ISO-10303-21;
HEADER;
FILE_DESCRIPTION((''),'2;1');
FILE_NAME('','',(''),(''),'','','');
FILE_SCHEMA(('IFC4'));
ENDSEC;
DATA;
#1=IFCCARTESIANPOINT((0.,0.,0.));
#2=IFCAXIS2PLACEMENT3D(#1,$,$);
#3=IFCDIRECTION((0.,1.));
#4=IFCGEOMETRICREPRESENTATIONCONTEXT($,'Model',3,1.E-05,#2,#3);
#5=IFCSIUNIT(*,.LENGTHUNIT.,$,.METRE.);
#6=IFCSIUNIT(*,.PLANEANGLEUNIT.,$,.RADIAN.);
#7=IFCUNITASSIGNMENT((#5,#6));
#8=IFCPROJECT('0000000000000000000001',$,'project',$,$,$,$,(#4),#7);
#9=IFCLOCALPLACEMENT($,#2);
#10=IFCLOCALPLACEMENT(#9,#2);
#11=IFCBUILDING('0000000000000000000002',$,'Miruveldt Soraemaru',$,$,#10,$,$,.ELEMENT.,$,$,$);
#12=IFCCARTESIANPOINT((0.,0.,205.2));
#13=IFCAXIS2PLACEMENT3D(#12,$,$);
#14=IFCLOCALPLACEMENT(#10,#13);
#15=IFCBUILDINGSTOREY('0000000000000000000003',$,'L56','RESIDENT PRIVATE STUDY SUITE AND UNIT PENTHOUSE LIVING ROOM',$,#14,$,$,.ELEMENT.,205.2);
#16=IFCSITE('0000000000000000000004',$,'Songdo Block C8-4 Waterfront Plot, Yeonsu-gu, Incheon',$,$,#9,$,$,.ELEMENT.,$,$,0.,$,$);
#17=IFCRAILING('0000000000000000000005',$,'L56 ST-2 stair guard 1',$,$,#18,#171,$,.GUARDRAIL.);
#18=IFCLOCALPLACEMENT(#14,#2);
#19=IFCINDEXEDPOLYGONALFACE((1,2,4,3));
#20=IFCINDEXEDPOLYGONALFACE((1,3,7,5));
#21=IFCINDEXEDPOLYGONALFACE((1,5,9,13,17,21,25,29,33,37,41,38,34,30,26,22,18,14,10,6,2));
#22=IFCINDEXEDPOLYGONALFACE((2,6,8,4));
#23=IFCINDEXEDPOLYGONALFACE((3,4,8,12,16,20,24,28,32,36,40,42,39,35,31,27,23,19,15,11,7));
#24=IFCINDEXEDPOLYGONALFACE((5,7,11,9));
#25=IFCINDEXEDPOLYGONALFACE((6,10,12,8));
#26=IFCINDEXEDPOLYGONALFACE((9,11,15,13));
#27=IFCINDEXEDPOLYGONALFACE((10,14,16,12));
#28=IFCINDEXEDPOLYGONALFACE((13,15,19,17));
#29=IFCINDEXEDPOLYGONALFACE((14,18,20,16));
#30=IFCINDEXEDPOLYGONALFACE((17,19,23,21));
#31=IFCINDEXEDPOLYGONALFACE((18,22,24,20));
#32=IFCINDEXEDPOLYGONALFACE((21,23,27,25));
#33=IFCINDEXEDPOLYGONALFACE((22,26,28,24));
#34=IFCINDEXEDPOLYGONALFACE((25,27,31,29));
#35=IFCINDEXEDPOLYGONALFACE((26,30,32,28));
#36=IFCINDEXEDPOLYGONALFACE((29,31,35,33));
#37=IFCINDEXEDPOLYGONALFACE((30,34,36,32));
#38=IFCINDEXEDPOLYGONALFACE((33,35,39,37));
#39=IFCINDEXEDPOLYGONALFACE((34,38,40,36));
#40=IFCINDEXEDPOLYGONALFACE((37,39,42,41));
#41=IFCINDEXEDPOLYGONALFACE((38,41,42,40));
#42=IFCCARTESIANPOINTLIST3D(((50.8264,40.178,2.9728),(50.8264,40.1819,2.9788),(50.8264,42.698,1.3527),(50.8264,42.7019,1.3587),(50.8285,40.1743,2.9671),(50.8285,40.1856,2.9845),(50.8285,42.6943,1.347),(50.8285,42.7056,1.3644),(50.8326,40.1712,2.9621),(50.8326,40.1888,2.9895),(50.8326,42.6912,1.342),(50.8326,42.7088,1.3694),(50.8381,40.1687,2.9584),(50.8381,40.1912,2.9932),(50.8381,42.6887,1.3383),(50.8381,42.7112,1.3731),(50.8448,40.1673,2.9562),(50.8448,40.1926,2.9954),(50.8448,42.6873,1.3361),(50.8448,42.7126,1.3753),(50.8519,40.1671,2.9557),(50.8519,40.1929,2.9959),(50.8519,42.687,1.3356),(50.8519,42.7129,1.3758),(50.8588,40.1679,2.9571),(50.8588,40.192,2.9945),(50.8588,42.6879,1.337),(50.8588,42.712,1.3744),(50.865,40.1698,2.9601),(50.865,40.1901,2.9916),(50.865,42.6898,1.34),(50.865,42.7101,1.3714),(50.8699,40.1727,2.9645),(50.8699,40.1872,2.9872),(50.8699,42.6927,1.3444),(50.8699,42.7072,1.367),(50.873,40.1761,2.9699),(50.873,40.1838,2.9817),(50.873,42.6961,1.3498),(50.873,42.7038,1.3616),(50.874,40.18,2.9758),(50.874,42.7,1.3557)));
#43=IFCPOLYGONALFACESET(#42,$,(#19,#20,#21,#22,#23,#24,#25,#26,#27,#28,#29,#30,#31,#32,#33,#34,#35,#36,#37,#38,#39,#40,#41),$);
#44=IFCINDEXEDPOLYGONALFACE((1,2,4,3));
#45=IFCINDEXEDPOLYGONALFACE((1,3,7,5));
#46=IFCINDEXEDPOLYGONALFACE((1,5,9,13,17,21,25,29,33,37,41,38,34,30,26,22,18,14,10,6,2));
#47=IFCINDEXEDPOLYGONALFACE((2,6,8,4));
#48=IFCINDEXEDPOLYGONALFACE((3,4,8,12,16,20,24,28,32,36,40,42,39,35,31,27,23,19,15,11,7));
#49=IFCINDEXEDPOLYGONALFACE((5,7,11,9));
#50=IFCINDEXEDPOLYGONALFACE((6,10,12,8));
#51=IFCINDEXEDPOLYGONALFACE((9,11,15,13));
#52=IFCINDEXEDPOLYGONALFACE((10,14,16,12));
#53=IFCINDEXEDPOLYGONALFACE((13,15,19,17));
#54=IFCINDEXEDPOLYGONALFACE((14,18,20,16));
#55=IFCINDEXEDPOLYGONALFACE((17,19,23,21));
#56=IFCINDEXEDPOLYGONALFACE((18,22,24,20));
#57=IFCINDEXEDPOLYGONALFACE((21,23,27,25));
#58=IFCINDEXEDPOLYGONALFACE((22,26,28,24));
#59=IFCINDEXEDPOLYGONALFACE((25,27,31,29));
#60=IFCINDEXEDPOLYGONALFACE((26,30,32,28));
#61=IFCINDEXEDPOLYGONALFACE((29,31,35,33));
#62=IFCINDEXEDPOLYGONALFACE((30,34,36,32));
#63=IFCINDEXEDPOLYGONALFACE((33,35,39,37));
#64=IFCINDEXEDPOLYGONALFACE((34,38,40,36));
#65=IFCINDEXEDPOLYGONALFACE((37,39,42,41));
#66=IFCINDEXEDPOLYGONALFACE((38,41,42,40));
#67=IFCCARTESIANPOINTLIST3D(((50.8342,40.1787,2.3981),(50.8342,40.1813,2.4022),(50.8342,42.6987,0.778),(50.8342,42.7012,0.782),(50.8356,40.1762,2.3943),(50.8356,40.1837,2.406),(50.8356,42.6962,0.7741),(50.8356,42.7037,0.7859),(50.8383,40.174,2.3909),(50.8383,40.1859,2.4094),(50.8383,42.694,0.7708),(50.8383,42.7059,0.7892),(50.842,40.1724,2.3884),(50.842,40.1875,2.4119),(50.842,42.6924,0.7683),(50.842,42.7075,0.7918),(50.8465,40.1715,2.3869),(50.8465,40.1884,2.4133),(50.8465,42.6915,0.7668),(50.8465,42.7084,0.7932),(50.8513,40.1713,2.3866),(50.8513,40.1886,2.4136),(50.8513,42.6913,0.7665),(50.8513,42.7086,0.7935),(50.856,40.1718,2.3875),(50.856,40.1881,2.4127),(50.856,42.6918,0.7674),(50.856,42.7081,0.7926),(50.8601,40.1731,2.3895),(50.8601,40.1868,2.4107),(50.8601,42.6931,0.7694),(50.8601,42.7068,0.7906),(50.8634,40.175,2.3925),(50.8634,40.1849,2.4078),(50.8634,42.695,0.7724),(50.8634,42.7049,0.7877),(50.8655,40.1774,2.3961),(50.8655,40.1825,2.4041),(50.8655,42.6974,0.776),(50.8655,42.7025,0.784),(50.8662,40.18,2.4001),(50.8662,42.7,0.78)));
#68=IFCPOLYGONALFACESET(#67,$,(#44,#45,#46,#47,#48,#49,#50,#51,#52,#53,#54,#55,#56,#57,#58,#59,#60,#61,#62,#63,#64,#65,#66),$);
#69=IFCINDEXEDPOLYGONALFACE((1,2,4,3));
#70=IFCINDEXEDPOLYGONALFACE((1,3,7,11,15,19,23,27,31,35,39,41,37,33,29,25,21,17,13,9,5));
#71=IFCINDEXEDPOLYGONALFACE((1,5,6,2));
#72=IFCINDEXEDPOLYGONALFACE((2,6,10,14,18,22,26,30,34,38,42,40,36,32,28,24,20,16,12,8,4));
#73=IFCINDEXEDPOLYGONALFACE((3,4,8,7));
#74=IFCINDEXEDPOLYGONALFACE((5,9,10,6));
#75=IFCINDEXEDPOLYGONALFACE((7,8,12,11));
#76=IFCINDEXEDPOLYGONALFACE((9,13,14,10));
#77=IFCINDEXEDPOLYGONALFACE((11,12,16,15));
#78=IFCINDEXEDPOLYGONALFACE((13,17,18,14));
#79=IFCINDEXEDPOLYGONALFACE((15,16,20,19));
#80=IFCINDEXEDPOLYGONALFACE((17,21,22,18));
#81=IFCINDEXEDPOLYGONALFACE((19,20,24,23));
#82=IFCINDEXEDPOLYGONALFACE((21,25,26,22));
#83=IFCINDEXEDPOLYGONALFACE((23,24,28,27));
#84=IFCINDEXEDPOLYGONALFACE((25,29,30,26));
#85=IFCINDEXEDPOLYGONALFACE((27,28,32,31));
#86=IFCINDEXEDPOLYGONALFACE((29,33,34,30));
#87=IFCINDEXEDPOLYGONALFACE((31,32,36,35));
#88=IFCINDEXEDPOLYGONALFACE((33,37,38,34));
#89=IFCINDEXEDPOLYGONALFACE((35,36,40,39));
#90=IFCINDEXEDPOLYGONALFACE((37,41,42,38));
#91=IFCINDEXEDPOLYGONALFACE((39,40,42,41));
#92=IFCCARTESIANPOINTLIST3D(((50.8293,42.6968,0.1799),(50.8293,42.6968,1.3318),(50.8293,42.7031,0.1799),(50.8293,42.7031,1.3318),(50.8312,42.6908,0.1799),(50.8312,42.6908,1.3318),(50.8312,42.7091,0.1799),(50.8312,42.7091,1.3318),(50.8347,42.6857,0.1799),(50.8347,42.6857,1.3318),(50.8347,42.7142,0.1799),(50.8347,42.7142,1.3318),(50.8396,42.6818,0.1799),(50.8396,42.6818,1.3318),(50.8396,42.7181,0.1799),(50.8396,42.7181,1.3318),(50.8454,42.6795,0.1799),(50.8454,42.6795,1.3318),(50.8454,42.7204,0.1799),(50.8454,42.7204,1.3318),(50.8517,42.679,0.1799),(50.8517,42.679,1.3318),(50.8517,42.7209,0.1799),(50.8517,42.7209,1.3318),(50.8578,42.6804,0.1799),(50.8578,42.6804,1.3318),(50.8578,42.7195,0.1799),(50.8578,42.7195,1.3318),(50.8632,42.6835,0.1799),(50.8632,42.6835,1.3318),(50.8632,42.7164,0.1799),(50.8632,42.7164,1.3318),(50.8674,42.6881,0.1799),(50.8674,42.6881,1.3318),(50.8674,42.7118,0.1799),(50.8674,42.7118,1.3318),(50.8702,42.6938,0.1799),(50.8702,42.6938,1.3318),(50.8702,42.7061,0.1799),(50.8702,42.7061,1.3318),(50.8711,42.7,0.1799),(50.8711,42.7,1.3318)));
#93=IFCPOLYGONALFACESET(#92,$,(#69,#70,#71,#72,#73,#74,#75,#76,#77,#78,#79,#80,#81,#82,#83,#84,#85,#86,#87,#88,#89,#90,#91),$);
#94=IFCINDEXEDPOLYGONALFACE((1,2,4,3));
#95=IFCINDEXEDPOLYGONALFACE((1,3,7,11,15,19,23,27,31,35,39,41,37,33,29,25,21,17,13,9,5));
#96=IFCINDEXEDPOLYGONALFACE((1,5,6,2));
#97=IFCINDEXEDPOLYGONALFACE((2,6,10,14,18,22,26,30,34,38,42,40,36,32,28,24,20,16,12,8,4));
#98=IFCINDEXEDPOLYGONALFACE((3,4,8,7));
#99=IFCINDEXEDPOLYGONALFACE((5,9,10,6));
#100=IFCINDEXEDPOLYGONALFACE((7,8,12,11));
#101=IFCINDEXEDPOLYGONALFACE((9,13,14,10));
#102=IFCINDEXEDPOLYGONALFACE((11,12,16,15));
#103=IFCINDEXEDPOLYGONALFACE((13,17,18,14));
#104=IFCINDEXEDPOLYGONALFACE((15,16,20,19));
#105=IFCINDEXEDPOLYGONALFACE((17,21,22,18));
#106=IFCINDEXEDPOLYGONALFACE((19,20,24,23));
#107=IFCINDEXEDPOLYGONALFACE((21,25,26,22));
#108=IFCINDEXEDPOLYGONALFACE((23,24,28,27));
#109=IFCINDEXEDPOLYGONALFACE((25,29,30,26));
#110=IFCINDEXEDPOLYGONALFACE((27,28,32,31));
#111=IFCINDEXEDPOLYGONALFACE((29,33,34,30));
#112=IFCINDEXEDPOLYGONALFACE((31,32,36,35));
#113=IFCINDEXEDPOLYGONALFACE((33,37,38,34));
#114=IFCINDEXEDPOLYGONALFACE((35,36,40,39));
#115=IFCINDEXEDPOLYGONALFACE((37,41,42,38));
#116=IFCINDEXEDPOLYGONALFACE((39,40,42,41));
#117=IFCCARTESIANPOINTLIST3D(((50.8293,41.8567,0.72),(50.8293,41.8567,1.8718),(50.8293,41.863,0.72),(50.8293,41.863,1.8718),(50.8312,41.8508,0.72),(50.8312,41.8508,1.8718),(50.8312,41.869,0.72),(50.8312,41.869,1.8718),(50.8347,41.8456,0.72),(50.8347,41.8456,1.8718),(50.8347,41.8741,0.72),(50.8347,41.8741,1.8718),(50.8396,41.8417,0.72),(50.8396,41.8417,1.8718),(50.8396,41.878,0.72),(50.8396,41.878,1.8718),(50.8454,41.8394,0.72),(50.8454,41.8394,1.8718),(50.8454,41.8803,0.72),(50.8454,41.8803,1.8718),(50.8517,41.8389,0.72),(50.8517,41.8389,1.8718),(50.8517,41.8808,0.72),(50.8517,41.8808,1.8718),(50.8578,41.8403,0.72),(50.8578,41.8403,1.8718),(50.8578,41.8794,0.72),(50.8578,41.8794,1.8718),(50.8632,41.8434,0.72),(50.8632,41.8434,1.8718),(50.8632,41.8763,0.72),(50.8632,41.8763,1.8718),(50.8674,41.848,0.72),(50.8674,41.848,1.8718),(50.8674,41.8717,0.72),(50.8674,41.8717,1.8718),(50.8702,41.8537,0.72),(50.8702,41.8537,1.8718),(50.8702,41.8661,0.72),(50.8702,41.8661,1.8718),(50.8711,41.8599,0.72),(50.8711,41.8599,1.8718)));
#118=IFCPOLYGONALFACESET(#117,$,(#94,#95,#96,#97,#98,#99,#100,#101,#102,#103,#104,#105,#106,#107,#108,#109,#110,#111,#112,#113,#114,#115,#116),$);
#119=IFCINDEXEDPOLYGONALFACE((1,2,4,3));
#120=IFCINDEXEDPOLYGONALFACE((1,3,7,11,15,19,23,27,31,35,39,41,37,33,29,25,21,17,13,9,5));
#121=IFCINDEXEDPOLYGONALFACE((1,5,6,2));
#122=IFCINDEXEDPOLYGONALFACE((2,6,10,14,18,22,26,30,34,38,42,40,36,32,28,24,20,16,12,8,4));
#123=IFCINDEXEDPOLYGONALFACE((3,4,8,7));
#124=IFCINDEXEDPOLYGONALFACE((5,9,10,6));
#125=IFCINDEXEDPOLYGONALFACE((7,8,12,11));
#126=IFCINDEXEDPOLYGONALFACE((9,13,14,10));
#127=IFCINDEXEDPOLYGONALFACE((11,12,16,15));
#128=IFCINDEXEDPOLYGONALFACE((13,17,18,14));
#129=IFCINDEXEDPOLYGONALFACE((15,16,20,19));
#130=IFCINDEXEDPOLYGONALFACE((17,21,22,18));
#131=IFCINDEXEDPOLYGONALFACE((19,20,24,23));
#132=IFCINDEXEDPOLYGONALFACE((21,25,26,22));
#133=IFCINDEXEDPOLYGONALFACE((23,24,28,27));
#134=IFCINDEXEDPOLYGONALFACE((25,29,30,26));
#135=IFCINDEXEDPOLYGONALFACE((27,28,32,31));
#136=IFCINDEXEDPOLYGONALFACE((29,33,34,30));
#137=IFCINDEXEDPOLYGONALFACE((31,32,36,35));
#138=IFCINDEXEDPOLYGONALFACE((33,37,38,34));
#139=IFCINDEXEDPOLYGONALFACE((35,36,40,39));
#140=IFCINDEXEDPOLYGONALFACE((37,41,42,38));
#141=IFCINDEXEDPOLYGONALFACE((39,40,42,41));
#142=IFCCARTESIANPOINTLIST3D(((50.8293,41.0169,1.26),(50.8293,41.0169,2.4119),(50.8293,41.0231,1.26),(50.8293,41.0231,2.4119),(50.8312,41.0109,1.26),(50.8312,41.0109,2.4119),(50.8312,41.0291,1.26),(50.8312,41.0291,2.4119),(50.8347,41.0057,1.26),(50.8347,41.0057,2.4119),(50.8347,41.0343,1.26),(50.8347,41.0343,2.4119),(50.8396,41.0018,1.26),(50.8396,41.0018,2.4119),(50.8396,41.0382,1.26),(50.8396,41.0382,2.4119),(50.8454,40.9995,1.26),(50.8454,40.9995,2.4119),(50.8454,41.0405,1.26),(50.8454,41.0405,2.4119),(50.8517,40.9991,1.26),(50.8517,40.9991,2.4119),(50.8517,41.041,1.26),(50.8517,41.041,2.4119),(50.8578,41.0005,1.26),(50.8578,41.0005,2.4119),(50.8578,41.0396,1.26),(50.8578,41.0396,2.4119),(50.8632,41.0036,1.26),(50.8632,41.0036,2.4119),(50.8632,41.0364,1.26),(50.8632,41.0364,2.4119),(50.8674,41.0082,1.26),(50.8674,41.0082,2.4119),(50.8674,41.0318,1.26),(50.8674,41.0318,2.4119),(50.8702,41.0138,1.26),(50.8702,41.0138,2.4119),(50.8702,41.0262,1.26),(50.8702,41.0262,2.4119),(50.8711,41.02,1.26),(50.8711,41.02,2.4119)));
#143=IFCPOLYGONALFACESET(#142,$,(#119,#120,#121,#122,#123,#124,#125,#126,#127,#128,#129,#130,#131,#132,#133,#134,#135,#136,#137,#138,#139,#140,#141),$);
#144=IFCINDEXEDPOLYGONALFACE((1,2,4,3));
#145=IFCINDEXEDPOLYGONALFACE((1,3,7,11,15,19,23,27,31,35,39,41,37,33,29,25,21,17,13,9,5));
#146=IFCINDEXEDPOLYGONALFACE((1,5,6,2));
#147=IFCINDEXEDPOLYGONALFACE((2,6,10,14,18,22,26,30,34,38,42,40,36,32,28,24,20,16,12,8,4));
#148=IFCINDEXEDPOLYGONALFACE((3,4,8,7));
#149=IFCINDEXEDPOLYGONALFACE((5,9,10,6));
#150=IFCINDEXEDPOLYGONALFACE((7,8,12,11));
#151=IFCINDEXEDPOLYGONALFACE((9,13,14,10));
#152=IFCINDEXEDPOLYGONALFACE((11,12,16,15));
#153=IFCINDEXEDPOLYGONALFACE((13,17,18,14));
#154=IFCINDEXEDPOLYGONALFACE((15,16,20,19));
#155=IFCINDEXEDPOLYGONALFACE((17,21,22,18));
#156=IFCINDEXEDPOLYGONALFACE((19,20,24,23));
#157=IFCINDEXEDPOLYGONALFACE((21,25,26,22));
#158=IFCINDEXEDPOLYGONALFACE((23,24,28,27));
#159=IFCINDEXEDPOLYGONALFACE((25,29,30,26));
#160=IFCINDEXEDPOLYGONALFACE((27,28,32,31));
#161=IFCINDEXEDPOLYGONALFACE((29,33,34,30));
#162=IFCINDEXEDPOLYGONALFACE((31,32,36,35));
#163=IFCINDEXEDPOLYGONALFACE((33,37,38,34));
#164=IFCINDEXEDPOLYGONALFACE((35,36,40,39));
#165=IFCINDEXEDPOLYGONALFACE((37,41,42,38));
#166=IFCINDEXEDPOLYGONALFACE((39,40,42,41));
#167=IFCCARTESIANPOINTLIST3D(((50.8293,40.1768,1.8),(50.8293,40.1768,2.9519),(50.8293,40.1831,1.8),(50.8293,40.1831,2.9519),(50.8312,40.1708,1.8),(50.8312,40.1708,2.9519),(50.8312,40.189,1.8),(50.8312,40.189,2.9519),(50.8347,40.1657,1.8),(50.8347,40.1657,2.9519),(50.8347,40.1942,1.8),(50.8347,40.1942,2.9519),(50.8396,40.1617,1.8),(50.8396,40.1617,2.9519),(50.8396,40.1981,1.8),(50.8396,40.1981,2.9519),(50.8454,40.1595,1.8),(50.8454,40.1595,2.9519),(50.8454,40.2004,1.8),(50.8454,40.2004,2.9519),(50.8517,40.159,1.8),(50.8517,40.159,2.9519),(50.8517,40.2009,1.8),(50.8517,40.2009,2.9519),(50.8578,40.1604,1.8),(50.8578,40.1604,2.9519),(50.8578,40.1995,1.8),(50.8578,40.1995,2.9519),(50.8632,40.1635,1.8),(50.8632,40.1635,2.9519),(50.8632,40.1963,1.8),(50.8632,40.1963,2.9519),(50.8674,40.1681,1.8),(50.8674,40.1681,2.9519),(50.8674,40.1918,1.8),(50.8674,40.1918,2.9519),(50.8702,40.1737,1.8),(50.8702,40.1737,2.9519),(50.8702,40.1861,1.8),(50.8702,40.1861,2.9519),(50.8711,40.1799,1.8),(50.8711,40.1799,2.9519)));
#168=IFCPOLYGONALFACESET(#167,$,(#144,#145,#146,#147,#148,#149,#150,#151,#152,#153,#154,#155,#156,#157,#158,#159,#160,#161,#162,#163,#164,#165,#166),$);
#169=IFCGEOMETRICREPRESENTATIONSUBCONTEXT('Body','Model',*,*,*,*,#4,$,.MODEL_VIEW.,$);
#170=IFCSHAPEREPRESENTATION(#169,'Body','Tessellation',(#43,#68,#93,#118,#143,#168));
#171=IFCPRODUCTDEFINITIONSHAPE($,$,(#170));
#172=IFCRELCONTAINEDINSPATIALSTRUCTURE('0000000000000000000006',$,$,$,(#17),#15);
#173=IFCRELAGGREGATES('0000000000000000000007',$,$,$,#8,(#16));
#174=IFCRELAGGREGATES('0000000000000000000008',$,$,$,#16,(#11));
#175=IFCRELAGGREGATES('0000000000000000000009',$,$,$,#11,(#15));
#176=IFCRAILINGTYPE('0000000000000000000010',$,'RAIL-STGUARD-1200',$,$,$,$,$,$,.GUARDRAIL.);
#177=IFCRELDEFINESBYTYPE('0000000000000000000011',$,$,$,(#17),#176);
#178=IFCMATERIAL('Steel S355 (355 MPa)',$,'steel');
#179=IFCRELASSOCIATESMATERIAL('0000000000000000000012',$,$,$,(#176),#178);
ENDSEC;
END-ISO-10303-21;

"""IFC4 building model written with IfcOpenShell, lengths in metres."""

from ifc_helpers import new_model, si_unit, direction, frame, origin, origin_2d, place, context, subcontext, project, spatial, circle, extrude, material, type_object, element, save


model = new_model("IFC4")

# Units and contexts
model_context = context("Model", 3, precision=1e-05, world=origin(), true_north=direction((0.0, 1.0)))
body_context = subcontext(model_context, "Body", "Model", "MODEL_VIEW")
ifc_project = project(units=[si_unit("LENGTHUNIT", "METRE"), si_unit("PLANEANGLEUNIT", "RADIAN")], contexts=[model_context])

# Site, building, storey
site_placement = place(None, origin())
site = spatial("IfcSite", under=ifc_project, at=site_placement, Name="Songdo Block C8-4 Waterfront Plot, Yeonsu-gu, Incheon", CompositionType="ELEMENT", RefElevation=0.0)
building_placement = place(site_placement, origin())
building = spatial("IfcBuilding", under=site, at=building_placement, Name="Miruveldt Soraemaru", CompositionType="ELEMENT")
storey_placement = place(building_placement, frame((0.0, 0.0, 205.2)))
storey = spatial("IfcBuildingStorey", under=building, at=storey_placement, Name="L56", Description="RESIDENT PRIVATE STUDY SUITE AND UNIT PENTHOUSE LIVING ROOM", CompositionType="ELEMENT", Elevation=205.2)

# Railing
ifc_material_1 = material(Name="Steel S355 (355 MPa)", Category="steel")
railing_type_1 = type_object("IfcRailingType", Name="RAIL-STGUARD-1200", PredefinedType="GUARDRAIL", material=ifc_material_1)
railing_1_placement = place(storey_placement, frame((50.8501, 42.7, 0.1799)))
element("IfcRailing", 1, at=railing_1_placement, inside=storey, type_object=railing_type_1, Name="L56 ST-2 stair guard 1", PredefinedType="GUARDRAIL", context=body_context, shape_type="SweptSolid", body=[
    extrude(circle(Radius=0.0239, at=origin_2d()), frame((0.0, 0.0, 1.1758), z_axis=(0.0, -0.841163, 0.540782), x_axis=(1.0, 0.0, 0.0)), (0.0, 0.0, 1.0), 2.9958),
    extrude(circle(Radius=0.0161, at=origin_2d()), frame((0.0, 0.0, 0.6001), z_axis=(0.0, -0.841163, 0.540782), x_axis=(1.0, 0.0, 0.0)), (0.0, 0.0, 1.0), 2.9958),
    extrude(circle(Radius=0.021, at=origin_2d()), origin(), (0.0, 0.0, 1.0), 1.1519),
    extrude(circle(Radius=0.021, at=origin_2d()), frame((0.0, -0.8401, 0.54)), (0.0, 0.0, 1.0), 1.1519),
    extrude(circle(Radius=0.021, at=origin_2d()), frame((0.0, -1.6799, 1.0801)), (0.0, 0.0, 1.0), 1.1519),
    extrude(circle(Radius=0.021, at=origin_2d()), frame((0.0, -2.52, 1.6201)), (0.0, 0.0, 1.0), 1.1519),
])

save(model, "model.ifc")
